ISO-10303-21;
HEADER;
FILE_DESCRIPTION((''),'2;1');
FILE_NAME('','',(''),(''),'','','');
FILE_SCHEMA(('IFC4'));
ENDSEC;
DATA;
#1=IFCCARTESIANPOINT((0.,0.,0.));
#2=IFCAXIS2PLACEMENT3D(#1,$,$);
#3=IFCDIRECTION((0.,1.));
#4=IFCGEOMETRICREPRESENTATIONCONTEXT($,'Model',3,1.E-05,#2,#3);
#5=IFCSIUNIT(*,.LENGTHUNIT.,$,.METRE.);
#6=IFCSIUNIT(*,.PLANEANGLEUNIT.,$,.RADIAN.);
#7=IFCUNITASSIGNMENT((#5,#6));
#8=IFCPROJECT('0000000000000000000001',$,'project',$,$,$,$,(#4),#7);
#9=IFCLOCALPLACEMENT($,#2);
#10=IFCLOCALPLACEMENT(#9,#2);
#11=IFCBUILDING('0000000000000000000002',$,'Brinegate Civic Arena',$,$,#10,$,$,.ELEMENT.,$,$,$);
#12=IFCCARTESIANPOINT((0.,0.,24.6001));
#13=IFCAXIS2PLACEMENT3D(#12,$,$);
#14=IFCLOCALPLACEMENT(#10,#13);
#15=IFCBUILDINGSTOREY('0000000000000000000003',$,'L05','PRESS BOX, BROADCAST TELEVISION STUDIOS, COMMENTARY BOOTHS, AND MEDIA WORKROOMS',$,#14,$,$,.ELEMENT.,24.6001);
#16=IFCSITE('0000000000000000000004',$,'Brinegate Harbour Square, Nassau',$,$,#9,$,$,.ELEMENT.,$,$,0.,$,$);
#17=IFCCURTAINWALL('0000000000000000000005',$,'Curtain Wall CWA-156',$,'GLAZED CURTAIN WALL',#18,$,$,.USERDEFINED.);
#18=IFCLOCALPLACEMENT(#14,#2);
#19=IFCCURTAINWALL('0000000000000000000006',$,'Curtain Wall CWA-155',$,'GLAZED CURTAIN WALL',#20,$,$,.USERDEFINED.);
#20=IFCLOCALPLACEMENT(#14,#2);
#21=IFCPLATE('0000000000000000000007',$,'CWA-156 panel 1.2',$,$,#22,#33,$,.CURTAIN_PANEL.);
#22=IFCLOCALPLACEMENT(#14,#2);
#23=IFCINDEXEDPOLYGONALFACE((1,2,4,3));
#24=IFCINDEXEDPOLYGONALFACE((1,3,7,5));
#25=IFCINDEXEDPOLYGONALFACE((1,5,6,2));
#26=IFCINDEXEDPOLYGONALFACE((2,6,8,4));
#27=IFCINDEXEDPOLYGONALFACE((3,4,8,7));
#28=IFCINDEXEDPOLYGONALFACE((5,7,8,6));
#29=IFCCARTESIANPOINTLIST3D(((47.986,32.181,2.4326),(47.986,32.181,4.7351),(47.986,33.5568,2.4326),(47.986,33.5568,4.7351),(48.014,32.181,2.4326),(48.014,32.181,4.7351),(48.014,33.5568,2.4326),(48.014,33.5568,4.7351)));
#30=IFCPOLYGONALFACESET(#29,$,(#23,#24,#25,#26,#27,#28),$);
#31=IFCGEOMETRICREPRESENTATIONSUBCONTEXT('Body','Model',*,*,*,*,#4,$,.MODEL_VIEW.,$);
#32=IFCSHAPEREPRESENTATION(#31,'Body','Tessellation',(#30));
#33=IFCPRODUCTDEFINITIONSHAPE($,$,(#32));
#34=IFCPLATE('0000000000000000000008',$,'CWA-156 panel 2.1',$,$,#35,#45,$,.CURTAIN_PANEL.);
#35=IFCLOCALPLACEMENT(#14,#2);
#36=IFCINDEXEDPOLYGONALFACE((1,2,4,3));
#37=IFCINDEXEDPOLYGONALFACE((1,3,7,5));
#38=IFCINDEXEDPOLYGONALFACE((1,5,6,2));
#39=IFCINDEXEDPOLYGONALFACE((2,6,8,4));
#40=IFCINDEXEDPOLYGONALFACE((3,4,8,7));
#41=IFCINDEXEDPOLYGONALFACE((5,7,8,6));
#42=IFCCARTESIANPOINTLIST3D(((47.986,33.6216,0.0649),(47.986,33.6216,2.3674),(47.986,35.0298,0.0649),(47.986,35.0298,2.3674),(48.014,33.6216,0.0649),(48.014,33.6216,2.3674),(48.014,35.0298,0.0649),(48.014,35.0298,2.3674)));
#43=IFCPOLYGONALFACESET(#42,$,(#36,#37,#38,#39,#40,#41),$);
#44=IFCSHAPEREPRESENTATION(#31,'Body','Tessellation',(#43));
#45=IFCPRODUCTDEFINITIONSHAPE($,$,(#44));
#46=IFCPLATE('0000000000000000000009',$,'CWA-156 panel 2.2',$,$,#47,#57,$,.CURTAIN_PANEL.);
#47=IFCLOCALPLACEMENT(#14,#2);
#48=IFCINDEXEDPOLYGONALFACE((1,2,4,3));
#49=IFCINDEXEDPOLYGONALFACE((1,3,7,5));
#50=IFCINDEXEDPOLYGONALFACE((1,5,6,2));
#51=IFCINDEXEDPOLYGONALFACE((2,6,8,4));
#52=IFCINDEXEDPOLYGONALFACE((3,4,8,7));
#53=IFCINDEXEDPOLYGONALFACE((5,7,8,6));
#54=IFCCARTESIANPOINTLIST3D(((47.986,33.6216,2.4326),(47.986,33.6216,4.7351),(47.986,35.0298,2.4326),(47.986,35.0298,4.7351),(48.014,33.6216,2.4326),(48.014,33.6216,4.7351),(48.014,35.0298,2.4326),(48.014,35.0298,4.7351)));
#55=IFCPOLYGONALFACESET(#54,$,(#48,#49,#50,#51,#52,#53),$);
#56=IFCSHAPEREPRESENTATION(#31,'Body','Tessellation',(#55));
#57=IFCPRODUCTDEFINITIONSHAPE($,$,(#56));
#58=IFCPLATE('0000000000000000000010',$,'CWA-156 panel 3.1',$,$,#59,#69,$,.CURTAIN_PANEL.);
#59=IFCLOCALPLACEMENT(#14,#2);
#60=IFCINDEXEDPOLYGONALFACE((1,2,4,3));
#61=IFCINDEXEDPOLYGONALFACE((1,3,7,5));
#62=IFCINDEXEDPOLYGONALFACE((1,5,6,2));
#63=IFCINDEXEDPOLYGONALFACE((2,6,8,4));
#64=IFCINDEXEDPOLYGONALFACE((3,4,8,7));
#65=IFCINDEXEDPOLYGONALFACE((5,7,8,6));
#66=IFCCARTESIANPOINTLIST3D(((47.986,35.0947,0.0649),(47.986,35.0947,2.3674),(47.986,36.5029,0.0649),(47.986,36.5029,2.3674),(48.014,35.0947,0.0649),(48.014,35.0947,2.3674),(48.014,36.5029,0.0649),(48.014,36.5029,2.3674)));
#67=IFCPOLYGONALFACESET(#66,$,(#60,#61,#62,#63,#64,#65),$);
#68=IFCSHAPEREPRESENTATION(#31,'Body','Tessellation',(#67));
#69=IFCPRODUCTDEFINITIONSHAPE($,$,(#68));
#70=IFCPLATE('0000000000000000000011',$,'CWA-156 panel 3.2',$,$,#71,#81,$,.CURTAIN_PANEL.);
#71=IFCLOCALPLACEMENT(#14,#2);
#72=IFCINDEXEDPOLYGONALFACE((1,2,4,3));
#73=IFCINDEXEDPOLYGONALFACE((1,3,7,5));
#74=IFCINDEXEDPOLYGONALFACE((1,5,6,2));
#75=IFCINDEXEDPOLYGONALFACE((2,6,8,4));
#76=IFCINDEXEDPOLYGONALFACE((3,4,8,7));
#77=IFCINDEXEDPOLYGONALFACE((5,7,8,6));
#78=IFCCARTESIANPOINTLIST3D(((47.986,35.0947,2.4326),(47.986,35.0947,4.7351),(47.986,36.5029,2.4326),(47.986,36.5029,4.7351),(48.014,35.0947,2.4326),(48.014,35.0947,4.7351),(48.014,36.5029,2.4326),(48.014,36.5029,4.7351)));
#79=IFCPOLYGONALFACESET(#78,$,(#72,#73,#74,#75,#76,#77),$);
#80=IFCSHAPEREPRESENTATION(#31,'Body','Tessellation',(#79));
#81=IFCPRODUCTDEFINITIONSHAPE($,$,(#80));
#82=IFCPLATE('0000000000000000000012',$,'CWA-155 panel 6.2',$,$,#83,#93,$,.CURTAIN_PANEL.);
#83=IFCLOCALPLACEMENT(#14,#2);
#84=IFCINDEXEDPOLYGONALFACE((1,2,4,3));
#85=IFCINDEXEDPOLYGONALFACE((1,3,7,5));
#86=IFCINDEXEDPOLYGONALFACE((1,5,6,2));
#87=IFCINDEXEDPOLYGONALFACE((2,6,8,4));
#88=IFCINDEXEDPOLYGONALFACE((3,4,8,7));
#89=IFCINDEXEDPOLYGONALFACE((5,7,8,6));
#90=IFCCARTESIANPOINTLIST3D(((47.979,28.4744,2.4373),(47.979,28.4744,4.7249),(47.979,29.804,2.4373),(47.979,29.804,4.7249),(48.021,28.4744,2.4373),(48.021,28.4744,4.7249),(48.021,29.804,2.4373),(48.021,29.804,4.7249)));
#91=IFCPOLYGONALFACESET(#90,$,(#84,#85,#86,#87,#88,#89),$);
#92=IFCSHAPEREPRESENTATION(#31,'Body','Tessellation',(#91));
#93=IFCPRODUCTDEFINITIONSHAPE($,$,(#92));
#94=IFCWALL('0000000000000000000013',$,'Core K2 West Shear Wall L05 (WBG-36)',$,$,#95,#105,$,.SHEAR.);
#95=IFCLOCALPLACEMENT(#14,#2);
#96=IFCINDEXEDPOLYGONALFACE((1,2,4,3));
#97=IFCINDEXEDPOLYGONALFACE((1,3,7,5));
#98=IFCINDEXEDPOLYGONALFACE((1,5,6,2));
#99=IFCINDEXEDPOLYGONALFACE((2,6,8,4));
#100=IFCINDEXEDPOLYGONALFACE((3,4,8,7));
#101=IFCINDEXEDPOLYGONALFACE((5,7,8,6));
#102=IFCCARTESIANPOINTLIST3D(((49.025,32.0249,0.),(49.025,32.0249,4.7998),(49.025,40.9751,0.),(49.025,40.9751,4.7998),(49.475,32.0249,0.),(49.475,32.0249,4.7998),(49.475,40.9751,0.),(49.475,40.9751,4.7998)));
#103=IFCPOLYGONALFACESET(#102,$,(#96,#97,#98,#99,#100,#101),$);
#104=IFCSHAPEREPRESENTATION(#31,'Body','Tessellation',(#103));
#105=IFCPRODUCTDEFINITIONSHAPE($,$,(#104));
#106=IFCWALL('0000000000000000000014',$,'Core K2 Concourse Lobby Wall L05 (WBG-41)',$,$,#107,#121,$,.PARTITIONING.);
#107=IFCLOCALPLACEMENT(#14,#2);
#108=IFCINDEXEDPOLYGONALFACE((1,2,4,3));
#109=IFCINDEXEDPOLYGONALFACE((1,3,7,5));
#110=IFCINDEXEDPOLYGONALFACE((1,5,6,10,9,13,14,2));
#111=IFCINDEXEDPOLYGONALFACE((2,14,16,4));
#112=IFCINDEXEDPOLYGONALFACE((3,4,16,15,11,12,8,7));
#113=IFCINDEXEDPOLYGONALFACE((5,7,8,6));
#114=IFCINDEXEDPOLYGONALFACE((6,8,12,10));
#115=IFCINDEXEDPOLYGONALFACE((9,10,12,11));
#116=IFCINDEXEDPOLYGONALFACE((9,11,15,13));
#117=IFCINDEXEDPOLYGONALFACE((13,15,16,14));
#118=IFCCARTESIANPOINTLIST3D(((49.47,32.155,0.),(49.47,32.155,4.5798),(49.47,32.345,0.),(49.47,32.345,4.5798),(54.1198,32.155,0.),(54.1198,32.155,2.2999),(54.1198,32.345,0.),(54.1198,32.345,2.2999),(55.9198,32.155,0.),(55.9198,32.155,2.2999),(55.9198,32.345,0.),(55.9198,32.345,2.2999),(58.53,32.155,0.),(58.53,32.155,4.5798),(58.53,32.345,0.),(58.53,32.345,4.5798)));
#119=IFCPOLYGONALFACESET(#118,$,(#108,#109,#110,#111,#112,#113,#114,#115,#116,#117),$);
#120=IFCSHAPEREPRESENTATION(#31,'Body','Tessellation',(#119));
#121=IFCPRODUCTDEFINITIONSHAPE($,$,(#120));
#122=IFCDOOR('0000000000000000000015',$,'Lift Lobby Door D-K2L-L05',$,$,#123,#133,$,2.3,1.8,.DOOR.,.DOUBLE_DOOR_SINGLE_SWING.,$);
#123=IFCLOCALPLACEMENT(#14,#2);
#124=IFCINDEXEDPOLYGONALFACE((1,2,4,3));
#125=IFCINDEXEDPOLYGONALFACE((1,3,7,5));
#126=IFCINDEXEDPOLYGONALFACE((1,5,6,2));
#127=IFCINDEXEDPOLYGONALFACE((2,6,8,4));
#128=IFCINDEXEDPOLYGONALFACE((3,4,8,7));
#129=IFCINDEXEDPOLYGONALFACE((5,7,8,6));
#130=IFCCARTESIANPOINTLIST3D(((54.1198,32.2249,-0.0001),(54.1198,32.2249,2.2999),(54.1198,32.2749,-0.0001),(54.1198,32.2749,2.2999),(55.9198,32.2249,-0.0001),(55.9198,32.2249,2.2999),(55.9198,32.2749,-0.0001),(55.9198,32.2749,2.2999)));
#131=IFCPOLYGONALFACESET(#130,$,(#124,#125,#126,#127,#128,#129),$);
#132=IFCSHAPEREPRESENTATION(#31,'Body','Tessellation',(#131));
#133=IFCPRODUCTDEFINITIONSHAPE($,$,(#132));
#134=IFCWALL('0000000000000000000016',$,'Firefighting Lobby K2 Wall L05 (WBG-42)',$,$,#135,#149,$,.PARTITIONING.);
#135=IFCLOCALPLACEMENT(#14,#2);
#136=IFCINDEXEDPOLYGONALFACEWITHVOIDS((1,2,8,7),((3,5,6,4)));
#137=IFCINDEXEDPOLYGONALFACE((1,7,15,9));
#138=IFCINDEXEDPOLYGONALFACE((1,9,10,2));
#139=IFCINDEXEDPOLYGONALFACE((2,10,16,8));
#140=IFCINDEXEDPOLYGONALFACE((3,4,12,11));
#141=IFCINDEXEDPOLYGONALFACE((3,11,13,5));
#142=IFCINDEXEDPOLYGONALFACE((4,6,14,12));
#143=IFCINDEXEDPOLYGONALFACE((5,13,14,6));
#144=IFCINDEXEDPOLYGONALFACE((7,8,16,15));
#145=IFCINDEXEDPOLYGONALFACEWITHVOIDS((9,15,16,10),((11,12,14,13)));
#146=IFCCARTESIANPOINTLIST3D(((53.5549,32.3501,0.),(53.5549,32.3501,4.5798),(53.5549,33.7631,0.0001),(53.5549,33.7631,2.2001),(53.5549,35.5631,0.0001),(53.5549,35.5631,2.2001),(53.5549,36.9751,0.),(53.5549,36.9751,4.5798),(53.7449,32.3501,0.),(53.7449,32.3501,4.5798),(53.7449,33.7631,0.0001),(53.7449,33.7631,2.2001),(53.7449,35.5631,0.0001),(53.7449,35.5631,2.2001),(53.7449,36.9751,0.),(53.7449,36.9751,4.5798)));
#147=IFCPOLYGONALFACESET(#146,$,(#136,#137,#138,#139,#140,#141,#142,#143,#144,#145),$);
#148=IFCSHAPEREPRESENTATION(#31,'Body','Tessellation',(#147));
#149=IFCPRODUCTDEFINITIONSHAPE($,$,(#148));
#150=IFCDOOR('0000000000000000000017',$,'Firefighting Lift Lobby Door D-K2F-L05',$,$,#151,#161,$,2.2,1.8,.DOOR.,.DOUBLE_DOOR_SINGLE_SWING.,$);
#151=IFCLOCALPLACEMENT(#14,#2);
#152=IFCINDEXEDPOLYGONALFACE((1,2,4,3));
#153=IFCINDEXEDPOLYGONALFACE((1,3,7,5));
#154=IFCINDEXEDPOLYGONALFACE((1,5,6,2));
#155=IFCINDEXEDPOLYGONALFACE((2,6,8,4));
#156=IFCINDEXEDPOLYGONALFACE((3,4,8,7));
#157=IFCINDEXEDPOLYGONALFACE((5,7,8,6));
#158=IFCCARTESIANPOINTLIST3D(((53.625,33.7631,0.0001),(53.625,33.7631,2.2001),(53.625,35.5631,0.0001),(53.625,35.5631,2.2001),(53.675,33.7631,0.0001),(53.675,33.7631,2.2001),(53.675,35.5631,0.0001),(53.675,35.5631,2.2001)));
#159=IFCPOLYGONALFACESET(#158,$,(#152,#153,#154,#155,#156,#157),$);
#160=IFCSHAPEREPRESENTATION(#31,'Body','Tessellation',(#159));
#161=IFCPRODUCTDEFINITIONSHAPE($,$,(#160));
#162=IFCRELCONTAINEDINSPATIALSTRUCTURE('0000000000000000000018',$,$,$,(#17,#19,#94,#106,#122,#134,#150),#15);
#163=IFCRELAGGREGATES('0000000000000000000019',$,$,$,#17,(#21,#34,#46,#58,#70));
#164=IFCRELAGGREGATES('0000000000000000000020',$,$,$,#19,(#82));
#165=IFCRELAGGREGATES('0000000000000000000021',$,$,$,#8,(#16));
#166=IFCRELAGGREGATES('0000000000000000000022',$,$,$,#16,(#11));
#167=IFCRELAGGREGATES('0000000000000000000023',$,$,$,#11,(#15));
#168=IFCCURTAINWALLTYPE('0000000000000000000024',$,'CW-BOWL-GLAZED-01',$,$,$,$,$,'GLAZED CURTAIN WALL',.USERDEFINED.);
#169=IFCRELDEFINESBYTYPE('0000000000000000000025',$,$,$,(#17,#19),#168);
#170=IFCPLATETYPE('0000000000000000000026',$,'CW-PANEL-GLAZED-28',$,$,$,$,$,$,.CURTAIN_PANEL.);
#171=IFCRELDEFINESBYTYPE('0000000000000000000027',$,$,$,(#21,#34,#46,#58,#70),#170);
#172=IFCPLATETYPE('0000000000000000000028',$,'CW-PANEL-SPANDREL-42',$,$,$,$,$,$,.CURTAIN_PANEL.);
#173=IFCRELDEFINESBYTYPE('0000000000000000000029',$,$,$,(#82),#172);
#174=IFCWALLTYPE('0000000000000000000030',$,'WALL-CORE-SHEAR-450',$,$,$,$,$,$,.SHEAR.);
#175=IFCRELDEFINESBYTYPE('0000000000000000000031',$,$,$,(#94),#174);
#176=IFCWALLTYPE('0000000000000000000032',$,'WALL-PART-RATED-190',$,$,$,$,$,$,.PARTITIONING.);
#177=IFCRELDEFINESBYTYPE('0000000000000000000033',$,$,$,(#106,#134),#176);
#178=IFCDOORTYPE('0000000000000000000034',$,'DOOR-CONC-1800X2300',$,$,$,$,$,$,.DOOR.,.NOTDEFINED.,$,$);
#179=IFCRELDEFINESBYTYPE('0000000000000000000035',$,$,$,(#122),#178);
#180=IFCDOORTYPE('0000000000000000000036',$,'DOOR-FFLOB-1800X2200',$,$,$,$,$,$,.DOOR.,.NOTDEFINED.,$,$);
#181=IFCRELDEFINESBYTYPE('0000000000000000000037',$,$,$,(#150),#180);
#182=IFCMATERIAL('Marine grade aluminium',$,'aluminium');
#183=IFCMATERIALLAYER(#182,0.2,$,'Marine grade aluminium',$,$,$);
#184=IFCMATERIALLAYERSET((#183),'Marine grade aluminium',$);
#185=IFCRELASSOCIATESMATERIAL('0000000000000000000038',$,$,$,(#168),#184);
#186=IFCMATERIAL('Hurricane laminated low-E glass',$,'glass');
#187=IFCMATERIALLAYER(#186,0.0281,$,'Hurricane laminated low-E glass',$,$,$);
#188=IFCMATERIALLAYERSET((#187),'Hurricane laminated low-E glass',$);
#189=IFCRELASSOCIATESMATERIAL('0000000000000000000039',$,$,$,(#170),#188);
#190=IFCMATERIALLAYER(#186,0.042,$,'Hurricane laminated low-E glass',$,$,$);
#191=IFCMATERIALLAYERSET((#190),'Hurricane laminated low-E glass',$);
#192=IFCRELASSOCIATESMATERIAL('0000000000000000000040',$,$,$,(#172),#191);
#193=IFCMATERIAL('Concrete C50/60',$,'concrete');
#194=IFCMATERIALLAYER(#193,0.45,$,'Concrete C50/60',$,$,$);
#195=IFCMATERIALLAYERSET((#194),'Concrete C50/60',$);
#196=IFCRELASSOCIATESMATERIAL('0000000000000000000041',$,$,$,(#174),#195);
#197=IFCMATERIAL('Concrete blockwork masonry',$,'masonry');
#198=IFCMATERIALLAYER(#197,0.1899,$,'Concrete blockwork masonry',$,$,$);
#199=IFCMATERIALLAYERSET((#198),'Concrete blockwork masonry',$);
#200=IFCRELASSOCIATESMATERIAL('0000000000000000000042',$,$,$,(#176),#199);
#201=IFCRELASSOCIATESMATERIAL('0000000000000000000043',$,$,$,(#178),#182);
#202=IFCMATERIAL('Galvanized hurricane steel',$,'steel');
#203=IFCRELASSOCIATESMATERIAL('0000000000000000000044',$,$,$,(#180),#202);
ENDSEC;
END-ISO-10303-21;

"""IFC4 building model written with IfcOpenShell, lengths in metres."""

from ifc_helpers import new_model, si_unit, direction, frame, frame_2d, origin, origin_2d, place, context, subcontext, project, spatial, rectangle, extrude, material, layer, layer_set, type_object, element, fill, aggregate, save


model = new_model("IFC4")

# Units and contexts
model_context = context("Model", 3, precision=1e-05, world=origin(), true_north=direction((0.0, 1.0)))
body_context = subcontext(model_context, "Body", "Model", "MODEL_VIEW")
ifc_project = project(units=[si_unit("LENGTHUNIT", "METRE"), si_unit("PLANEANGLEUNIT", "RADIAN")], contexts=[model_context])

# Site, building, storey
site_placement = place(None, origin())
site = spatial("IfcSite", under=ifc_project, at=site_placement, Name="Brinegate Harbour Square, Nassau", CompositionType="ELEMENT", RefElevation=0.0)
building_placement = place(site_placement, origin())
building = spatial("IfcBuilding", under=site, at=building_placement, Name="Brinegate Civic Arena", CompositionType="ELEMENT")
storey_placement = place(building_placement, frame((0.0, 0.0, 24.6001)))
storey = spatial("IfcBuildingStorey", under=building, at=storey_placement, Name="L05", Description="PRESS BOX, BROADCAST TELEVISION STUDIOS, COMMENTARY BOOTHS, AND MEDIA WORKROOMS", CompositionType="ELEMENT", Elevation=24.6001)

# Shared definitions
ifc_material_1 = material(Name="Concrete C50/60", Category="concrete")

# Curtain wall
ifc_material_2 = material(Name="Marine grade aluminium", Category="aluminium")
ifc_layer_1 = layer(ifc_material_2, 0.2, Name="Marine grade aluminium")
ifc_layer_set_1 = layer_set([ifc_layer_1], Name="Marine grade aluminium")
curtain_wall_type = type_object("IfcCurtainWallType", Name="CW-BOWL-GLAZED-01", ElementType="GLAZED CURTAIN WALL", PredefinedType="USERDEFINED", material=ifc_layer_set_1)
curtain_wall_1_placement = place(storey_placement, origin())
curtain_wall_1 = element("IfcCurtainWall", 1, at=curtain_wall_1_placement, inside=storey, type_object=curtain_wall_type, Name="Curtain Wall CWA-156", ObjectType="GLAZED CURTAIN WALL", PredefinedType="USERDEFINED")

# Curtain wall
curtain_wall_2_placement = place(storey_placement, origin())
curtain_wall_2 = element("IfcCurtainWall", 2, at=curtain_wall_2_placement, inside=storey, type_object=curtain_wall_type, Name="Curtain Wall CWA-155", ObjectType="GLAZED CURTAIN WALL", PredefinedType="USERDEFINED")

# Plates
ifc_material_3 = material(Name="Hurricane laminated low-E glass", Category="glass")
ifc_layer_2 = layer(ifc_material_3, 0.0281, Name="Hurricane laminated low-E glass")
ifc_layer_set_2 = layer_set([ifc_layer_2], Name="Hurricane laminated low-E glass")
plate_type_1 = type_object("IfcPlateType", Name="CW-PANEL-GLAZED-28", PredefinedType="CURTAIN_PANEL", material=ifc_layer_set_2)
plate_1_placement = place(storey_placement, frame((48.0, 32.8689, 2.4326), z_axis=(0.0, 0.0, 1.0), x_axis=(0.0, 1.0, 0.0)))
plate_1 = element("IfcPlate", 3, at=plate_1_placement, type_object=plate_type_1, Name="CWA-156 panel 1.2", PredefinedType="CURTAIN_PANEL", context=body_context, shape_type="SweptSolid", body=[
    extrude(rectangle(XDim=1.3757, YDim=0.0281, at=origin_2d()), origin(), (0.0, 0.0, 1.0), 2.3025),
])
plate_2_placement = place(storey_placement, frame((48.0, 34.3257, 0.0649), z_axis=(0.0, 0.0, 1.0), x_axis=(0.0, 1.0, 0.0)))
plate_2 = element("IfcPlate", 4, at=plate_2_placement, type_object=plate_type_1, Name="CWA-156 panel 2.1", PredefinedType="CURTAIN_PANEL", context=body_context, shape_type="SweptSolid", body=[
    extrude(rectangle(XDim=1.4082, YDim=0.0281, at=origin_2d()), origin(), (0.0, 0.0, 1.0), 2.3025),
])
plate_3_placement = place(storey_placement, frame((48.0, 34.3257, 2.4326), z_axis=(0.0, 0.0, 1.0), x_axis=(0.0, 1.0, 0.0)))
plate_3 = element("IfcPlate", 5, at=plate_3_placement, type_object=plate_type_1, Name="CWA-156 panel 2.2", PredefinedType="CURTAIN_PANEL", context=body_context, shape_type="SweptSolid", body=[
    extrude(rectangle(XDim=1.4082, YDim=0.0281, at=origin_2d()), origin(), (0.0, 0.0, 1.0), 2.3025),
])
plate_4_placement = place(storey_placement, frame((48.0, 35.7988, 0.0649), z_axis=(0.0, 0.0, 1.0), x_axis=(0.0, 1.0, 0.0)))
plate_4 = element("IfcPlate", 6, at=plate_4_placement, type_object=plate_type_1, Name="CWA-156 panel 3.1", PredefinedType="CURTAIN_PANEL", context=body_context, shape_type="SweptSolid", body=[
    extrude(rectangle(XDim=1.4082, YDim=0.0281, at=origin_2d()), origin(), (0.0, 0.0, 1.0), 2.3025),
])
plate_5_placement = place(storey_placement, frame((48.0, 35.7988, 2.4326), z_axis=(0.0, 0.0, 1.0), x_axis=(0.0, 1.0, 0.0)))
plate_5 = element("IfcPlate", 7, at=plate_5_placement, type_object=plate_type_1, Name="CWA-156 panel 3.2", PredefinedType="CURTAIN_PANEL", context=body_context, shape_type="SweptSolid", body=[
    extrude(rectangle(XDim=1.4082, YDim=0.0281, at=origin_2d()), origin(), (0.0, 0.0, 1.0), 2.3025),
])
aggregate(curtain_wall_1, [plate_1, plate_2, plate_3, plate_4, plate_5])
ifc_layer_3 = layer(ifc_material_3, 0.042, Name="Hurricane laminated low-E glass")
ifc_layer_set_3 = layer_set([ifc_layer_3], Name="Hurricane laminated low-E glass")
plate_type_2 = type_object("IfcPlateType", Name="CW-PANEL-SPANDREL-42", PredefinedType="CURTAIN_PANEL", material=ifc_layer_set_3)
plate_6_placement = place(storey_placement, frame((48.0, 29.1392, 2.4373), z_axis=(0.0, 0.0, 1.0), x_axis=(0.0, 1.0, 0.0)))
plate_6 = element("IfcPlate", 8, at=plate_6_placement, type_object=plate_type_2, Name="CWA-155 panel 6.2", PredefinedType="CURTAIN_PANEL", context=body_context, shape_type="SweptSolid", body=[
    extrude(rectangle(XDim=1.3296, YDim=0.042, at=origin_2d()), origin(), (0.0, 0.0, 1.0), 2.2876),
])
aggregate(curtain_wall_2, [plate_6])

# Wall
ifc_layer_4 = layer(ifc_material_1, 0.45, Name="Concrete C50/60")
ifc_layer_set_4 = layer_set([ifc_layer_4], Name="Concrete C50/60")
wall_type_1 = type_object("IfcWallType", Name="WALL-CORE-SHEAR-450", PredefinedType="SHEAR", material=ifc_layer_set_4)
wall_1_placement = place(storey_placement, frame((49.25, 32.0249, 0.0), z_axis=(0.0, 0.0, 1.0), x_axis=(0.0, 1.0, 0.0)))
element("IfcWall", 9, at=wall_1_placement, inside=storey, type_object=wall_type_1, Name="Core K2 West Shear Wall L05 (WBG-36)", PredefinedType="SHEAR", context=body_context, shape_type="SweptSolid", body=[
    extrude(rectangle(XDim=8.9502, YDim=0.45, at=frame_2d((4.4751, 0.0))), origin(), (0.0, 0.0, 1.0), 4.7998),
])

# Walls, openings, doors
ifc_material_4 = material(Name="Concrete blockwork masonry", Category="masonry")
ifc_layer_5 = layer(ifc_material_4, 0.1899, Name="Concrete blockwork masonry")
ifc_layer_set_5 = layer_set([ifc_layer_5], Name="Concrete blockwork masonry")
wall_type_2 = type_object("IfcWallType", Name="WALL-PART-RATED-190", PredefinedType="PARTITIONING", material=ifc_layer_set_5)
wall_2_placement = place(storey_placement, frame((49.47, 32.25, 0.0), z_axis=(0.0, 0.0, 1.0), x_axis=(1.0, 0.0, 0.0)))
wall_2 = element("IfcWall", 10, at=wall_2_placement, inside=storey, type_object=wall_type_2, Name="Core K2 Concourse Lobby Wall L05 (WBG-41)", PredefinedType="PARTITIONING", context=body_context, shape_type="SweptSolid", body=[
    extrude(rectangle(XDim=9.0601, YDim=0.1899, at=frame_2d((4.53, 0.0))), origin(), (0.0, 0.0, 1.0), 4.5798),
])
opening_1_placement = place(wall_2_placement, frame((4.6499, 0.0, 0.0)))
opening_1 = element("IfcOpeningElement", 11, at=opening_1_placement, cuts=wall_2, PredefinedType="OPENING", context=body_context, shape_type="SweptSolid", body=[
    extrude(rectangle(XDim=1.8, YDim=2.3, at=frame_2d((0.8999, 1.1499))), frame((0.0, 0.105, 0.0), z_axis=(0.0, -1.0, 0.0), x_axis=(1.0, 0.0, 0.0)), (0.0, 0.0, 1.0), 0.21),
])
door_type_1 = type_object("IfcDoorType", Name="DOOR-CONC-1800X2300", OperationType="NOTDEFINED", PredefinedType="DOOR", material=ifc_material_2)
door_1_placement = place(opening_1_placement, origin())
door_1 = element("IfcDoor", 12, at=door_1_placement, inside=storey, type_object=door_type_1, Name="Lift Lobby Door D-K2L-L05", OperationType="DOUBLE_DOOR_SINGLE_SWING", OverallHeight=2.3, OverallWidth=1.8, PredefinedType="DOOR", context=body_context, shape_type="SweptSolid", body=[
    extrude(rectangle(XDim=1.8, YDim=2.3, at=frame_2d((0.8999, 1.1499))), frame((0.0, 0.0249, 0.0), z_axis=(0.0, -1.0, 0.0), x_axis=(1.0, 0.0, 0.0)), (0.0, 0.0, 1.0), 0.05),
])
fill(opening_1, door_1)
wall_3_placement = place(storey_placement, frame((53.6499, 32.3501, 0.0), z_axis=(0.0, 0.0, 1.0), x_axis=(0.0, 1.0, 0.0)))
wall_3 = element("IfcWall", 13, at=wall_3_placement, inside=storey, type_object=wall_type_2, Name="Firefighting Lobby K2 Wall L05 (WBG-42)", PredefinedType="PARTITIONING", context=body_context, shape_type="SweptSolid", body=[
    extrude(rectangle(XDim=4.625, YDim=0.1899, at=frame_2d((2.3125, 0.0))), origin(), (0.0, 0.0, 1.0), 4.5798),
])
opening_2_placement = place(wall_3_placement, frame((1.4131, 0.0, 0.0)))
opening_2 = element("IfcOpeningElement", 14, at=opening_2_placement, cuts=wall_3, PredefinedType="OPENING", context=body_context, shape_type="SweptSolid", body=[
    extrude(rectangle(XDim=1.8, YDim=2.2, at=frame_2d((0.8999, 1.1001))), frame((0.0, 0.105, 0.0), z_axis=(0.0, -1.0, 0.0), x_axis=(1.0, 0.0, 0.0)), (0.0, 0.0, 1.0), 0.21),
])
ifc_material_5 = material(Name="Galvanized hurricane steel", Category="steel")
door_type_2 = type_object("IfcDoorType", Name="DOOR-FFLOB-1800X2200", OperationType="NOTDEFINED", PredefinedType="DOOR", material=ifc_material_5)
door_2_placement = place(opening_2_placement, origin())
door_2 = element("IfcDoor", 15, at=door_2_placement, inside=storey, type_object=door_type_2, Name="Firefighting Lift Lobby Door D-K2F-L05", OperationType="DOUBLE_DOOR_SINGLE_SWING", OverallHeight=2.2, OverallWidth=1.8, PredefinedType="DOOR", context=body_context, shape_type="SweptSolid", body=[
    extrude(rectangle(XDim=1.8, YDim=2.2, at=frame_2d((0.8999, 1.1001))), frame((0.0, 0.0249, 0.0), z_axis=(0.0, -1.0, 0.0), x_axis=(1.0, 0.0, 0.0)), (0.0, 0.0, 1.0), 0.05),
])
fill(opening_2, door_2)

save(model, "model.ifc")
